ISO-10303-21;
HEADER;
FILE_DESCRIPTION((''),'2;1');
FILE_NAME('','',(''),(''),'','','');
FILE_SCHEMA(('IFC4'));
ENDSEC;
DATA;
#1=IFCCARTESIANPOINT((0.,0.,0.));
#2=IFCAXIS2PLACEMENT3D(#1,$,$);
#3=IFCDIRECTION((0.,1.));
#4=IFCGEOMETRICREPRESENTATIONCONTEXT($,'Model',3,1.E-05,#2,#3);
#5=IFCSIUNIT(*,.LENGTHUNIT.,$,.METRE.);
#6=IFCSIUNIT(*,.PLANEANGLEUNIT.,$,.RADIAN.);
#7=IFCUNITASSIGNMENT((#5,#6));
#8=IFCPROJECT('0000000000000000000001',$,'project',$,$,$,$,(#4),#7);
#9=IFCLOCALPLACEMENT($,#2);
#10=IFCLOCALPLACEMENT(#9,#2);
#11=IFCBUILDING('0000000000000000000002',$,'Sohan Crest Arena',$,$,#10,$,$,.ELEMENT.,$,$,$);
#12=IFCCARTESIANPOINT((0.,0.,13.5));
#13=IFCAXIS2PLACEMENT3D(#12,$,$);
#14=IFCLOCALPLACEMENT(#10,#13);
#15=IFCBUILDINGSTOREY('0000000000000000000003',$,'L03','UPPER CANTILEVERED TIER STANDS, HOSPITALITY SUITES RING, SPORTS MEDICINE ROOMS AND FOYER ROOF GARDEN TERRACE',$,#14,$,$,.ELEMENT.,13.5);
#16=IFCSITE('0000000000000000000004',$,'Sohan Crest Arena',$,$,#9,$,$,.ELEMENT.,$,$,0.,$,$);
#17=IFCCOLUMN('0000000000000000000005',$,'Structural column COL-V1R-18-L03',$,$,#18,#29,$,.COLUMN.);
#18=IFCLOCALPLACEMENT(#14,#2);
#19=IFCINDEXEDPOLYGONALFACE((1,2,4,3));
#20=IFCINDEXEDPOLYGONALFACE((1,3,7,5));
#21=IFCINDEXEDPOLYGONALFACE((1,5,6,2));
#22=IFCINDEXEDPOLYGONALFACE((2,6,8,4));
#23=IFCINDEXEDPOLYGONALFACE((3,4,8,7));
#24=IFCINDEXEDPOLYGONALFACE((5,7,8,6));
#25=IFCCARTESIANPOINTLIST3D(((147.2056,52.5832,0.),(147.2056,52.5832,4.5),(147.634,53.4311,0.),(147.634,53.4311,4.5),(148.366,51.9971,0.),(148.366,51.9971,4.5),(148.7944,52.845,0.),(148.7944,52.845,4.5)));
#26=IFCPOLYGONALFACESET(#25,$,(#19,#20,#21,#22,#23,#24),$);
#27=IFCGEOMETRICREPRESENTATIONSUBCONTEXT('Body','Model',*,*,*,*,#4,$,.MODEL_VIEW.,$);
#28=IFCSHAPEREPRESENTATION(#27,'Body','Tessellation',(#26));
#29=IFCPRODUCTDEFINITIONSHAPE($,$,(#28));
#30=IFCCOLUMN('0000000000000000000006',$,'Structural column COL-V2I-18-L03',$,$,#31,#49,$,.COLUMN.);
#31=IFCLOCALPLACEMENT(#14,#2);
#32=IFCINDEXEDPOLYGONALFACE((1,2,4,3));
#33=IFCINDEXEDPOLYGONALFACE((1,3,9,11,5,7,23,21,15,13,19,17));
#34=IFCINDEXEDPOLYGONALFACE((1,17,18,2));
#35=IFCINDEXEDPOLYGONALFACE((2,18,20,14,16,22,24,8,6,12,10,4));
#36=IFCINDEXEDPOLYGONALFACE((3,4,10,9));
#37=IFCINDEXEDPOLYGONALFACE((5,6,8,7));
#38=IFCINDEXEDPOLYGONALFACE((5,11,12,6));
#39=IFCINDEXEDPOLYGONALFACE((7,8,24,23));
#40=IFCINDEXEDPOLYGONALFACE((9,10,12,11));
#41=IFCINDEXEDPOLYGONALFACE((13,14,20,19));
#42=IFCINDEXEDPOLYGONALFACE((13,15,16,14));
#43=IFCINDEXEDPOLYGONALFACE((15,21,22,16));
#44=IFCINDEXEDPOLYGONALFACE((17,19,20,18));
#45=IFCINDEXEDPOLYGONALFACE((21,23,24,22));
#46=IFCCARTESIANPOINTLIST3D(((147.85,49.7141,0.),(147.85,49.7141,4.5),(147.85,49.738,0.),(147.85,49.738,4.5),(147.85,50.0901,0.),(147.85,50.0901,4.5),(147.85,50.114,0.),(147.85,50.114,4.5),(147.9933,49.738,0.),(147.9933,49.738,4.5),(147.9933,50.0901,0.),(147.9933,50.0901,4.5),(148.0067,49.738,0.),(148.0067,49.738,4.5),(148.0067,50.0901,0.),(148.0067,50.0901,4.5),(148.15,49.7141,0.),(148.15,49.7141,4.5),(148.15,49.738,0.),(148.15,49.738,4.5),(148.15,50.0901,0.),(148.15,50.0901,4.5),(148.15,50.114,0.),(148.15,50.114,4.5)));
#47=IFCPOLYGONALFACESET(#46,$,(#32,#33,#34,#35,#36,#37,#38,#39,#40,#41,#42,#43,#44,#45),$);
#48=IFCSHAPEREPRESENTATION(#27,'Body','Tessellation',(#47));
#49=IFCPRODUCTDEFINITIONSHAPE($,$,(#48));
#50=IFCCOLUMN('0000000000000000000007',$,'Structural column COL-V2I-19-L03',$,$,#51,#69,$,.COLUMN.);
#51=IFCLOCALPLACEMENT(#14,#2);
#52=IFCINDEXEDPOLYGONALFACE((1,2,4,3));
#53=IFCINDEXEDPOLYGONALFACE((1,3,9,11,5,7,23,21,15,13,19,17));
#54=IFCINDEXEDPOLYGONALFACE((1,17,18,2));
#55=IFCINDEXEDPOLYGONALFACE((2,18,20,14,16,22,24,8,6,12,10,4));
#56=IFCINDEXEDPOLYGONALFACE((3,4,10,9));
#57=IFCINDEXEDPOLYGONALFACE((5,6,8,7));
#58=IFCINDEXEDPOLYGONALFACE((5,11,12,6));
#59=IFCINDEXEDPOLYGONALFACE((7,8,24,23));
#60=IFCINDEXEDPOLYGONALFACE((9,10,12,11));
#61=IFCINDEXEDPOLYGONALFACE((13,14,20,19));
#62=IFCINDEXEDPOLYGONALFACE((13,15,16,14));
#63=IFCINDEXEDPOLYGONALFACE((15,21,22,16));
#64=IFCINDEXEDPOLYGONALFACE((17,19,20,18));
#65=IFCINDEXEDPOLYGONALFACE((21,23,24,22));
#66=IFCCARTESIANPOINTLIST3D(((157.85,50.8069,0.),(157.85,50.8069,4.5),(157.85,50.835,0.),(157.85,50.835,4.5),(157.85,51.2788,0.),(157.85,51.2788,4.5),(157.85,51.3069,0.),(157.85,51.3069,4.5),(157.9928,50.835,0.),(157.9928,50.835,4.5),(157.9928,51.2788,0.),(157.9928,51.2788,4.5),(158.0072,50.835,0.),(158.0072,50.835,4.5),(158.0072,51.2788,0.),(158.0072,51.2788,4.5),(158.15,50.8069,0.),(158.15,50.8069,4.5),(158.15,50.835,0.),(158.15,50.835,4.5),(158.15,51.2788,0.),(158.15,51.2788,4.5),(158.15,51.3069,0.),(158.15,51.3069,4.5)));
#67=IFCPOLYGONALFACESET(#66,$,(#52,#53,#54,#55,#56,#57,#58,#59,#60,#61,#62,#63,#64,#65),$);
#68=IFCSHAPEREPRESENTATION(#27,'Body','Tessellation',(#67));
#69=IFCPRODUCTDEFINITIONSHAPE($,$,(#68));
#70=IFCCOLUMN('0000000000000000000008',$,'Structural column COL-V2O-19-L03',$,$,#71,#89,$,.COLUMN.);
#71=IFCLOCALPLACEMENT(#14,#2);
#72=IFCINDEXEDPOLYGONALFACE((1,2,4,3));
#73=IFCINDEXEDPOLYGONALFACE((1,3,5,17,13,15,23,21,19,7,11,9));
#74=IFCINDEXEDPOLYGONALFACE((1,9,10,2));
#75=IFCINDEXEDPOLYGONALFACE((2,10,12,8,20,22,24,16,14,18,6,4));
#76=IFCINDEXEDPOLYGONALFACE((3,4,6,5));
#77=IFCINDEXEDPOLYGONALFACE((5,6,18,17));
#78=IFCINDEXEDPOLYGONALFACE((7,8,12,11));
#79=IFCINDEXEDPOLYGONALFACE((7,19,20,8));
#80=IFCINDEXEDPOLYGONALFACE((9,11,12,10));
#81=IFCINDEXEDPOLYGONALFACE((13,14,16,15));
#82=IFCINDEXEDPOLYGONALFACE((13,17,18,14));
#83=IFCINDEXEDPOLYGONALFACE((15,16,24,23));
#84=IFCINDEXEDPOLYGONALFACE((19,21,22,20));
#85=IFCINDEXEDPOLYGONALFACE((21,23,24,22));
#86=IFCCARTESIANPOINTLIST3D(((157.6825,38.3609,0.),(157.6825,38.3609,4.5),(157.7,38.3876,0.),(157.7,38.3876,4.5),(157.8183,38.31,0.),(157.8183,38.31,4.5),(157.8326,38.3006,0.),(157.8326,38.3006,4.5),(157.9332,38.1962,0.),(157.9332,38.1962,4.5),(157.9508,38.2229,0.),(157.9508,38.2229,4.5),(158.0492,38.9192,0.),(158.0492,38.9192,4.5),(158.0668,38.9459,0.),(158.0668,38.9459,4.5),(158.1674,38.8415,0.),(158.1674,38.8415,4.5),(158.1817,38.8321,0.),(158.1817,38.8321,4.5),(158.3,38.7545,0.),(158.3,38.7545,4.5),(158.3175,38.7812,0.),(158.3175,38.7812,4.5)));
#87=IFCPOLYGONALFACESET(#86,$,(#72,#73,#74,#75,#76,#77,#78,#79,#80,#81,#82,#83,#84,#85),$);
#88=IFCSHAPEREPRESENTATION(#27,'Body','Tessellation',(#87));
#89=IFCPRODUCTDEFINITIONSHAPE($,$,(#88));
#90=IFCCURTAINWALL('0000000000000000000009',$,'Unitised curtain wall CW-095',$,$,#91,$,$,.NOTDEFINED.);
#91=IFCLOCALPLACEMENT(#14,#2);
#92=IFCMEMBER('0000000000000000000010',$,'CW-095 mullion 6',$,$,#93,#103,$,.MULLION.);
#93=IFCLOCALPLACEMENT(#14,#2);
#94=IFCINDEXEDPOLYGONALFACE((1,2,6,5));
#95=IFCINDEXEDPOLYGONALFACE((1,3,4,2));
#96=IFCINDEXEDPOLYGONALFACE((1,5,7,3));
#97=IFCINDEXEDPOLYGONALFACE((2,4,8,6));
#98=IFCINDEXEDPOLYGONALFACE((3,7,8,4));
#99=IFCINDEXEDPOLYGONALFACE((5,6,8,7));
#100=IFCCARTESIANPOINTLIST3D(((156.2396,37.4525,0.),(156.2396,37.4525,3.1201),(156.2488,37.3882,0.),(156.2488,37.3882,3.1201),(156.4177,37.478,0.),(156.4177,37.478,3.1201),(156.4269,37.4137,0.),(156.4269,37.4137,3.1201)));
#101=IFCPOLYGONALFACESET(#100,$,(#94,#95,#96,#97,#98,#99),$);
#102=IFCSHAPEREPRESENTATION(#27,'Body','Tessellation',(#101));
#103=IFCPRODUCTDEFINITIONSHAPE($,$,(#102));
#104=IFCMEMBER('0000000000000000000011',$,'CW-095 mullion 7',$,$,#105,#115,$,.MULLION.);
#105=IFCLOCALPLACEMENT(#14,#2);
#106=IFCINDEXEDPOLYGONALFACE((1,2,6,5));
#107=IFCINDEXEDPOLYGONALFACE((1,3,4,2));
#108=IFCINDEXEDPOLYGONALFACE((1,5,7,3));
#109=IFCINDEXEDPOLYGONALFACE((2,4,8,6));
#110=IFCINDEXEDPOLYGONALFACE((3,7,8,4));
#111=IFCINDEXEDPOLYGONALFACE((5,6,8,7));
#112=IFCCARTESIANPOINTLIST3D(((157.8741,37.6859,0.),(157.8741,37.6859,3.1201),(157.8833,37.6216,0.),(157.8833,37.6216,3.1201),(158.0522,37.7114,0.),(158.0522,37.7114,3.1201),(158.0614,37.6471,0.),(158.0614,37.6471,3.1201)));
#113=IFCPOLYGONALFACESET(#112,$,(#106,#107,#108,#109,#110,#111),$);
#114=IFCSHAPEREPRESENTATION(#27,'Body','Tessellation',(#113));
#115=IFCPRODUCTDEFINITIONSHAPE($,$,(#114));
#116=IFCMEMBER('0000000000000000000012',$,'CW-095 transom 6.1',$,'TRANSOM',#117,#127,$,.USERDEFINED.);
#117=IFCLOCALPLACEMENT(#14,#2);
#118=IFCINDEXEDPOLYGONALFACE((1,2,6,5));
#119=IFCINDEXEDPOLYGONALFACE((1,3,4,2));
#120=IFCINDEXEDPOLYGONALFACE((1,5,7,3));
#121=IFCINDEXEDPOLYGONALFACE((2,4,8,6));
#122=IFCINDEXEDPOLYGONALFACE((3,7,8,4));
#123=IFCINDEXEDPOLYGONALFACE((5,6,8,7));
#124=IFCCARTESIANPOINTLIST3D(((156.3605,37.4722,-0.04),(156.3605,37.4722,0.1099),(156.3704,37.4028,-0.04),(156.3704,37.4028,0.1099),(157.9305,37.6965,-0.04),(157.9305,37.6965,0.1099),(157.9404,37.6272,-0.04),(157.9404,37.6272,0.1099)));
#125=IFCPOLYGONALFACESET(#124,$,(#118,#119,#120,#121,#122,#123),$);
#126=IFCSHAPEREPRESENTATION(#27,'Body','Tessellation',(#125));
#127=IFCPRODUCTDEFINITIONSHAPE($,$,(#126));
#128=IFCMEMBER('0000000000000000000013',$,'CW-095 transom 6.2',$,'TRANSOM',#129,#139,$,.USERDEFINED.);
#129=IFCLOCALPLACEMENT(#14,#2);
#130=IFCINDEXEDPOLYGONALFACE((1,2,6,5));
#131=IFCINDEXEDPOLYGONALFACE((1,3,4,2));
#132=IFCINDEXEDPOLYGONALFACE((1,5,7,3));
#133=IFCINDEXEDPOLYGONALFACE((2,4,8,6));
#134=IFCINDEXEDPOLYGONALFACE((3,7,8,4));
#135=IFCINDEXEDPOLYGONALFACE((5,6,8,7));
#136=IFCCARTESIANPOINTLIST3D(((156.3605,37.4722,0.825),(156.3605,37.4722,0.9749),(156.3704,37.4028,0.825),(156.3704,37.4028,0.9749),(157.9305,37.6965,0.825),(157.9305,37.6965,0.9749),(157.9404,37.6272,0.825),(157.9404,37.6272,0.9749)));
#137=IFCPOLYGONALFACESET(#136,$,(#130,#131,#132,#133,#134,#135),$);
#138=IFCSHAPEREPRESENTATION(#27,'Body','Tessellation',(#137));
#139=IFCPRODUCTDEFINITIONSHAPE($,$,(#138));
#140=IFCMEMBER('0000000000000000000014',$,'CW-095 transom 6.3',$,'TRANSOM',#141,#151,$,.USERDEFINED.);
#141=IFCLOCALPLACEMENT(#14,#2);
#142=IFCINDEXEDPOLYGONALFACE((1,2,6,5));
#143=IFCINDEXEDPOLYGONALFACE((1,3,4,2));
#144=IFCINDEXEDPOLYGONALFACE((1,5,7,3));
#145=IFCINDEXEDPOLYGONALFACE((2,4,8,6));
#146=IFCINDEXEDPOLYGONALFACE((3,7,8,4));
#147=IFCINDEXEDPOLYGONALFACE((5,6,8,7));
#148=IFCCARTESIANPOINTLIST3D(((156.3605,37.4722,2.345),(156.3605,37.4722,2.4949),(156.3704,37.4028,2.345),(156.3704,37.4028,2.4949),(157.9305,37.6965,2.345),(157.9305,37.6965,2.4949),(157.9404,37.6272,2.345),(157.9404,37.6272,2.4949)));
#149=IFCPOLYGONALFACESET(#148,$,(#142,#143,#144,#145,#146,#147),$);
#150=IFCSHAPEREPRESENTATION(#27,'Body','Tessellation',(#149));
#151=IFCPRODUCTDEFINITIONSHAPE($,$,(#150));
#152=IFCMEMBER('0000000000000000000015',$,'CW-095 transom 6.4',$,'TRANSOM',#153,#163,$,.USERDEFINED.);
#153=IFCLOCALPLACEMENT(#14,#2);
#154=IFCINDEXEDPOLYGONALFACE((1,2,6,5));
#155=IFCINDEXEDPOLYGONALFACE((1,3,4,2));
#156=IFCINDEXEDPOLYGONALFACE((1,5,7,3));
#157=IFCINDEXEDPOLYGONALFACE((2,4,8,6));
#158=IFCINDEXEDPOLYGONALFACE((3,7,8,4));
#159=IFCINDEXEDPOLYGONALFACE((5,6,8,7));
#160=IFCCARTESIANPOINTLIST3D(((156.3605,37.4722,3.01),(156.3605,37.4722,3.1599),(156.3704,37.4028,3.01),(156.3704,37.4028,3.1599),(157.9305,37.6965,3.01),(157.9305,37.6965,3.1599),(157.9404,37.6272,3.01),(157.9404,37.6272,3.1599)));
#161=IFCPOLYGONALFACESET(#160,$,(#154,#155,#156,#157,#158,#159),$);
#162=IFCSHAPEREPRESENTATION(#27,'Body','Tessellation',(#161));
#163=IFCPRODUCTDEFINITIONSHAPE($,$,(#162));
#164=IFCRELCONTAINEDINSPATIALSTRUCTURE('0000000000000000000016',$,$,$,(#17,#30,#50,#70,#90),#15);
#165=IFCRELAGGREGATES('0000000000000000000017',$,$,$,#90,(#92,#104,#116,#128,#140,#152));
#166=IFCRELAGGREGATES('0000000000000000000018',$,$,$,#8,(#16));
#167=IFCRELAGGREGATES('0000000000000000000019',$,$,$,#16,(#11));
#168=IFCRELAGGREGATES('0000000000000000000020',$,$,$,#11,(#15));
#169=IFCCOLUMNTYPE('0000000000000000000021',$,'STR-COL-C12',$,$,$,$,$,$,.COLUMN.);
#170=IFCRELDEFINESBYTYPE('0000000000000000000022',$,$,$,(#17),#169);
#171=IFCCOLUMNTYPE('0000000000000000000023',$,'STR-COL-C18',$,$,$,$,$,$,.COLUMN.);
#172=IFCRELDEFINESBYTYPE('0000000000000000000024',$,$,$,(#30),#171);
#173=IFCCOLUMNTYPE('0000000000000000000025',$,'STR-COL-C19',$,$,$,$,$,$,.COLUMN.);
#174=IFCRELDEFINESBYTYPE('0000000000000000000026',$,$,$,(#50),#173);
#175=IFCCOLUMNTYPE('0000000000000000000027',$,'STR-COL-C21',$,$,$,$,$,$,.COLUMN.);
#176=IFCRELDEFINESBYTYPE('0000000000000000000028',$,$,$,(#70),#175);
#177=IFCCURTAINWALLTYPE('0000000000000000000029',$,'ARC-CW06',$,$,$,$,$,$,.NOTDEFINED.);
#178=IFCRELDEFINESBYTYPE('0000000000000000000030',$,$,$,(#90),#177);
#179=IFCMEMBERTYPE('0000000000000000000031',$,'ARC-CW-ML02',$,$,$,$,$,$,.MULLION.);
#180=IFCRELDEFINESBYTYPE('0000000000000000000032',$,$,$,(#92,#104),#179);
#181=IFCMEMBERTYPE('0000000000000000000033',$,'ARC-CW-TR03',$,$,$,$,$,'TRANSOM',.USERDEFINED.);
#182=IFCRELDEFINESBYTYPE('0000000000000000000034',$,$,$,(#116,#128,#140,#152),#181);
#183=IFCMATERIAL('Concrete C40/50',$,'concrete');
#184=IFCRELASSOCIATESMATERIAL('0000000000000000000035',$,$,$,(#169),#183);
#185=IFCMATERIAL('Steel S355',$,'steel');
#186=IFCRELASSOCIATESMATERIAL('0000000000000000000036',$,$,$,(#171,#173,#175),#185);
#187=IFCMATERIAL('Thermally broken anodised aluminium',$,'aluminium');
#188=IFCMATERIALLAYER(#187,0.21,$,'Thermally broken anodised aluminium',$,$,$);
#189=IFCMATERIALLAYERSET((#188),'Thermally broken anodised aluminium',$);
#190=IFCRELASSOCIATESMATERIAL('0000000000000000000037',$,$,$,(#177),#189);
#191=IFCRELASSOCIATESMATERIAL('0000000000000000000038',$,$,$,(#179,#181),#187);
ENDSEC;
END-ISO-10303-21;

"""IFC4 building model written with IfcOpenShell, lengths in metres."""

from ifc_helpers import new_model, si_unit, direction, frame, origin, origin_2d, place, context, subcontext, project, spatial, rectangle, i_section, extrude, material, layer, layer_set, material_profile, profile_set, type_object, element, aggregate, save


model = new_model("IFC4")

# Units and contexts
model_context = context("Model", 3, precision=1e-05, world=origin(), true_north=direction((0.0, 1.0)))
body_context = subcontext(model_context, "Body", "Model", "MODEL_VIEW")
ifc_project = project(units=[si_unit("LENGTHUNIT", "METRE"), si_unit("PLANEANGLEUNIT", "RADIAN")], contexts=[model_context])

# Site, building, storey
site_placement = place(None, origin())
site = spatial("IfcSite", under=ifc_project, at=site_placement, Name="Sohan Crest Arena", CompositionType="ELEMENT", RefElevation=0.0)
building_placement = place(site_placement, origin())
building = spatial("IfcBuilding", under=site, at=building_placement, Name="Sohan Crest Arena", CompositionType="ELEMENT")
storey_placement = place(building_placement, frame((0.0, 0.0, 13.5)))
storey = spatial("IfcBuildingStorey", under=building, at=storey_placement, Name="L03", Description="UPPER CANTILEVERED TIER STANDS, HOSPITALITY SUITES RING, SPORTS MEDICINE ROOMS AND FOYER ROOF GARDEN TERRACE", CompositionType="ELEMENT", Elevation=13.5)

# Columns
ifc_material_1 = material(Name="Concrete C40/50", Category="concrete")
ifc_material_profile_1 = material_profile(ifc_material_1, rectangle(XDim=1.3, YDim=0.95, at=origin_2d()), Name="RC 1300x950")
ifc_profile_set_1 = profile_set([ifc_material_profile_1], Name="Concrete C40/50")
column_type_1 = type_object("IfcColumnType", Name="STR-COL-C12", PredefinedType="COLUMN", material=ifc_profile_set_1)
column_1_placement = place(storey_placement, frame((148.0, 52.7141, 0.0), z_axis=(0.0, 0.0, 1.0), x_axis=(-0.892586, 0.450878, 0.0)))
element("IfcColumn", 1, at=column_1_placement, inside=storey, type_object=column_type_1, Name="Structural column COL-V1R-18-L03", PredefinedType="COLUMN", context=body_context, shape_type="SweptSolid", body=[
    extrude(rectangle(XDim=1.3, YDim=0.95, at=origin_2d()), origin(), (0.0, 0.0, 1.0), 4.5),
])
ifc_material_2 = material(Name="Steel S355", Category="steel")
ifc_material_profile_2 = material_profile(ifc_material_2, i_section(OverallWidth=0.3, OverallDepth=0.3999, WebThickness=0.0134, FlangeThickness=0.0239, at=origin_2d()), Name="HEB 400")
ifc_profile_set_2 = profile_set([ifc_material_profile_2], Name="Steel S355")
column_type_2 = type_object("IfcColumnType", Name="STR-COL-C18", PredefinedType="COLUMN", material=ifc_profile_set_2)
column_2_placement = place(storey_placement, frame((148.0, 49.9141, 0.0), z_axis=(0.0, 0.0, 1.0), x_axis=(1.0, 0.0, 0.0)))
element("IfcColumn", 2, at=column_2_placement, inside=storey, type_object=column_type_2, Name="Structural column COL-V2I-18-L03", PredefinedType="COLUMN", context=body_context, shape_type="SweptSolid", body=[
    extrude(i_section(OverallWidth=0.3, OverallDepth=0.3999, WebThickness=0.0134, FlangeThickness=0.0239, at=origin_2d()), origin(), (0.0, 0.0, 1.0), 4.5),
])
ifc_material_profile_3 = material_profile(ifc_material_2, i_section(OverallWidth=0.3, OverallDepth=0.5, WebThickness=0.0144, FlangeThickness=0.0281, at=origin_2d()), Name="HEB 500")
ifc_profile_set_3 = profile_set([ifc_material_profile_3], Name="Steel S355")
column_type_3 = type_object("IfcColumnType", Name="STR-COL-C19", PredefinedType="COLUMN", material=ifc_profile_set_3)
column_3_placement = place(storey_placement, frame((158.0, 51.0569, 0.0), z_axis=(0.0, 0.0, 1.0), x_axis=(1.0, 0.0, 0.0)))
element("IfcColumn", 3, at=column_3_placement, inside=storey, type_object=column_type_3, Name="Structural column COL-V2I-19-L03", PredefinedType="COLUMN", context=body_context, shape_type="SweptSolid", body=[
    extrude(i_section(OverallWidth=0.3, OverallDepth=0.5, WebThickness=0.0144, FlangeThickness=0.0281, at=origin_2d()), origin(), (0.0, 0.0, 1.0), 4.5),
])
ifc_material_profile_4 = material_profile(ifc_material_2, i_section(OverallWidth=0.3, OverallDepth=0.7, WebThickness=0.0171, FlangeThickness=0.032, at=origin_2d()), Name="HEB 700")
ifc_profile_set_4 = profile_set([ifc_material_profile_4], Name="Steel S355")
column_type_4 = type_object("IfcColumnType", Name="STR-COL-C21", PredefinedType="COLUMN", material=ifc_profile_set_4)
column_4_placement = place(storey_placement, frame((158.0, 38.571, 0.0), z_axis=(0.0, 0.0, 1.0), x_axis=(-0.835807, 0.549023, 0.0)))
element("IfcColumn", 4, at=column_4_placement, inside=storey, type_object=column_type_4, Name="Structural column COL-V2O-19-L03", PredefinedType="COLUMN", context=body_context, shape_type="SweptSolid", body=[
    extrude(i_section(OverallWidth=0.3, OverallDepth=0.7, WebThickness=0.0171, FlangeThickness=0.032, at=origin_2d()), origin(), (0.0, 0.0, 1.0), 4.5),
])

# Curtain wall, members
ifc_material_3 = material(Name="Thermally broken anodised aluminium", Category="aluminium")
ifc_layer_1 = layer(ifc_material_3, 0.21, Name="Thermally broken anodised aluminium")
ifc_layer_set_1 = layer_set([ifc_layer_1], Name="Thermally broken anodised aluminium")
curtain_wall_type = type_object("IfcCurtainWallType", Name="ARC-CW06", PredefinedType="NOTDEFINED", material=ifc_layer_set_1)
curtain_wall_placement = place(storey_placement, origin())
curtain_wall = element("IfcCurtainWall", 5, at=curtain_wall_placement, inside=storey, type_object=curtain_wall_type, Name="Unitised curtain wall CW-095", PredefinedType="NOTDEFINED")
ifc_material_profile_5 = material_profile(ifc_material_3, rectangle(XDim=0.0649, YDim=0.1799, at=origin_2d()), Name="ALU-MULL 65x180")
ifc_profile_set_5 = profile_set([ifc_material_profile_5], Name="Thermally broken anodised aluminium")
member_type_1 = type_object("IfcMemberType", Name="ARC-CW-ML02", PredefinedType="MULLION", material=ifc_profile_set_5)
member_1_placement = place(storey_placement, frame((156.3333, 37.4331, 0.0), z_axis=(0.0, 0.0, 1.0), x_axis=(-0.141366, 0.989957, 0.0)))
member_1 = element("IfcMember", 6, at=member_1_placement, type_object=member_type_1, Name="CW-095 mullion 6", PredefinedType="MULLION", context=body_context, shape_type="SweptSolid", body=[
    extrude(rectangle(XDim=0.0649, YDim=0.1799, at=origin_2d()), origin(), (0.0, 0.0, 1.0), 3.1201),
])
member_2_placement = place(storey_placement, frame((157.9678, 37.6665, 0.0), z_axis=(0.0, 0.0, 1.0), x_axis=(-0.141366, 0.989957, 0.0)))
member_2 = element("IfcMember", 7, at=member_2_placement, type_object=member_type_1, Name="CW-095 mullion 7", PredefinedType="MULLION", context=body_context, shape_type="SweptSolid", body=[
    extrude(rectangle(XDim=0.0649, YDim=0.1799, at=origin_2d()), origin(), (0.0, 0.0, 1.0), 3.1201),
])
ifc_material_profile_6 = material_profile(ifc_material_3, rectangle(XDim=0.0701, YDim=0.1499, at=origin_2d()), Name="ALU-TRAN 70x150")
ifc_profile_set_6 = profile_set([ifc_material_profile_6], Name="Thermally broken anodised aluminium")
member_type_2 = type_object("IfcMemberType", Name="ARC-CW-TR03", ElementType="TRANSOM", PredefinedType="USERDEFINED", material=ifc_profile_set_6)
member_3_placement = place(storey_placement, frame((156.3655, 37.4375, 0.0349), z_axis=(0.989943, 0.141464, 0.0), x_axis=(-0.141464, 0.989943, 0.0)))
member_3 = element("IfcMember", 8, at=member_3_placement, type_object=member_type_2, Name="CW-095 transom 6.1", ObjectType="TRANSOM", PredefinedType="USERDEFINED", context=body_context, shape_type="SweptSolid", body=[
    extrude(rectangle(XDim=0.0701, YDim=0.1499, at=origin_2d()), origin(), (0.0, 0.0, 1.0), 1.5859),
])
member_4_placement = place(storey_placement, frame((156.3655, 37.4375, 0.8999), z_axis=(0.989943, 0.141464, 0.0), x_axis=(-0.141464, 0.989943, 0.0)))
member_4 = element("IfcMember", 9, at=member_4_placement, type_object=member_type_2, Name="CW-095 transom 6.2", ObjectType="TRANSOM", PredefinedType="USERDEFINED", context=body_context, shape_type="SweptSolid", body=[
    extrude(rectangle(XDim=0.0701, YDim=0.1499, at=origin_2d()), origin(), (0.0, 0.0, 1.0), 1.5859),
])
member_5_placement = place(storey_placement, frame((156.3655, 37.4375, 2.4199), z_axis=(0.989943, 0.141464, 0.0), x_axis=(-0.141464, 0.989943, 0.0)))
member_5 = element("IfcMember", 10, at=member_5_placement, type_object=member_type_2, Name="CW-095 transom 6.3", ObjectType="TRANSOM", PredefinedType="USERDEFINED", context=body_context, shape_type="SweptSolid", body=[
    extrude(rectangle(XDim=0.0701, YDim=0.1499, at=origin_2d()), origin(), (0.0, 0.0, 1.0), 1.5859),
])
member_6_placement = place(storey_placement, frame((156.3655, 37.4375, 3.085), z_axis=(0.989943, 0.141464, 0.0), x_axis=(-0.141464, 0.989943, 0.0)))
member_6 = element("IfcMember", 11, at=member_6_placement, type_object=member_type_2, Name="CW-095 transom 6.4", ObjectType="TRANSOM", PredefinedType="USERDEFINED", context=body_context, shape_type="SweptSolid", body=[
    extrude(rectangle(XDim=0.0701, YDim=0.1499, at=origin_2d()), origin(), (0.0, 0.0, 1.0), 1.5859),
])

aggregate(curtain_wall, [member_1, member_2, member_3, member_4, member_5, member_6])

save(model, "model.ifc")
